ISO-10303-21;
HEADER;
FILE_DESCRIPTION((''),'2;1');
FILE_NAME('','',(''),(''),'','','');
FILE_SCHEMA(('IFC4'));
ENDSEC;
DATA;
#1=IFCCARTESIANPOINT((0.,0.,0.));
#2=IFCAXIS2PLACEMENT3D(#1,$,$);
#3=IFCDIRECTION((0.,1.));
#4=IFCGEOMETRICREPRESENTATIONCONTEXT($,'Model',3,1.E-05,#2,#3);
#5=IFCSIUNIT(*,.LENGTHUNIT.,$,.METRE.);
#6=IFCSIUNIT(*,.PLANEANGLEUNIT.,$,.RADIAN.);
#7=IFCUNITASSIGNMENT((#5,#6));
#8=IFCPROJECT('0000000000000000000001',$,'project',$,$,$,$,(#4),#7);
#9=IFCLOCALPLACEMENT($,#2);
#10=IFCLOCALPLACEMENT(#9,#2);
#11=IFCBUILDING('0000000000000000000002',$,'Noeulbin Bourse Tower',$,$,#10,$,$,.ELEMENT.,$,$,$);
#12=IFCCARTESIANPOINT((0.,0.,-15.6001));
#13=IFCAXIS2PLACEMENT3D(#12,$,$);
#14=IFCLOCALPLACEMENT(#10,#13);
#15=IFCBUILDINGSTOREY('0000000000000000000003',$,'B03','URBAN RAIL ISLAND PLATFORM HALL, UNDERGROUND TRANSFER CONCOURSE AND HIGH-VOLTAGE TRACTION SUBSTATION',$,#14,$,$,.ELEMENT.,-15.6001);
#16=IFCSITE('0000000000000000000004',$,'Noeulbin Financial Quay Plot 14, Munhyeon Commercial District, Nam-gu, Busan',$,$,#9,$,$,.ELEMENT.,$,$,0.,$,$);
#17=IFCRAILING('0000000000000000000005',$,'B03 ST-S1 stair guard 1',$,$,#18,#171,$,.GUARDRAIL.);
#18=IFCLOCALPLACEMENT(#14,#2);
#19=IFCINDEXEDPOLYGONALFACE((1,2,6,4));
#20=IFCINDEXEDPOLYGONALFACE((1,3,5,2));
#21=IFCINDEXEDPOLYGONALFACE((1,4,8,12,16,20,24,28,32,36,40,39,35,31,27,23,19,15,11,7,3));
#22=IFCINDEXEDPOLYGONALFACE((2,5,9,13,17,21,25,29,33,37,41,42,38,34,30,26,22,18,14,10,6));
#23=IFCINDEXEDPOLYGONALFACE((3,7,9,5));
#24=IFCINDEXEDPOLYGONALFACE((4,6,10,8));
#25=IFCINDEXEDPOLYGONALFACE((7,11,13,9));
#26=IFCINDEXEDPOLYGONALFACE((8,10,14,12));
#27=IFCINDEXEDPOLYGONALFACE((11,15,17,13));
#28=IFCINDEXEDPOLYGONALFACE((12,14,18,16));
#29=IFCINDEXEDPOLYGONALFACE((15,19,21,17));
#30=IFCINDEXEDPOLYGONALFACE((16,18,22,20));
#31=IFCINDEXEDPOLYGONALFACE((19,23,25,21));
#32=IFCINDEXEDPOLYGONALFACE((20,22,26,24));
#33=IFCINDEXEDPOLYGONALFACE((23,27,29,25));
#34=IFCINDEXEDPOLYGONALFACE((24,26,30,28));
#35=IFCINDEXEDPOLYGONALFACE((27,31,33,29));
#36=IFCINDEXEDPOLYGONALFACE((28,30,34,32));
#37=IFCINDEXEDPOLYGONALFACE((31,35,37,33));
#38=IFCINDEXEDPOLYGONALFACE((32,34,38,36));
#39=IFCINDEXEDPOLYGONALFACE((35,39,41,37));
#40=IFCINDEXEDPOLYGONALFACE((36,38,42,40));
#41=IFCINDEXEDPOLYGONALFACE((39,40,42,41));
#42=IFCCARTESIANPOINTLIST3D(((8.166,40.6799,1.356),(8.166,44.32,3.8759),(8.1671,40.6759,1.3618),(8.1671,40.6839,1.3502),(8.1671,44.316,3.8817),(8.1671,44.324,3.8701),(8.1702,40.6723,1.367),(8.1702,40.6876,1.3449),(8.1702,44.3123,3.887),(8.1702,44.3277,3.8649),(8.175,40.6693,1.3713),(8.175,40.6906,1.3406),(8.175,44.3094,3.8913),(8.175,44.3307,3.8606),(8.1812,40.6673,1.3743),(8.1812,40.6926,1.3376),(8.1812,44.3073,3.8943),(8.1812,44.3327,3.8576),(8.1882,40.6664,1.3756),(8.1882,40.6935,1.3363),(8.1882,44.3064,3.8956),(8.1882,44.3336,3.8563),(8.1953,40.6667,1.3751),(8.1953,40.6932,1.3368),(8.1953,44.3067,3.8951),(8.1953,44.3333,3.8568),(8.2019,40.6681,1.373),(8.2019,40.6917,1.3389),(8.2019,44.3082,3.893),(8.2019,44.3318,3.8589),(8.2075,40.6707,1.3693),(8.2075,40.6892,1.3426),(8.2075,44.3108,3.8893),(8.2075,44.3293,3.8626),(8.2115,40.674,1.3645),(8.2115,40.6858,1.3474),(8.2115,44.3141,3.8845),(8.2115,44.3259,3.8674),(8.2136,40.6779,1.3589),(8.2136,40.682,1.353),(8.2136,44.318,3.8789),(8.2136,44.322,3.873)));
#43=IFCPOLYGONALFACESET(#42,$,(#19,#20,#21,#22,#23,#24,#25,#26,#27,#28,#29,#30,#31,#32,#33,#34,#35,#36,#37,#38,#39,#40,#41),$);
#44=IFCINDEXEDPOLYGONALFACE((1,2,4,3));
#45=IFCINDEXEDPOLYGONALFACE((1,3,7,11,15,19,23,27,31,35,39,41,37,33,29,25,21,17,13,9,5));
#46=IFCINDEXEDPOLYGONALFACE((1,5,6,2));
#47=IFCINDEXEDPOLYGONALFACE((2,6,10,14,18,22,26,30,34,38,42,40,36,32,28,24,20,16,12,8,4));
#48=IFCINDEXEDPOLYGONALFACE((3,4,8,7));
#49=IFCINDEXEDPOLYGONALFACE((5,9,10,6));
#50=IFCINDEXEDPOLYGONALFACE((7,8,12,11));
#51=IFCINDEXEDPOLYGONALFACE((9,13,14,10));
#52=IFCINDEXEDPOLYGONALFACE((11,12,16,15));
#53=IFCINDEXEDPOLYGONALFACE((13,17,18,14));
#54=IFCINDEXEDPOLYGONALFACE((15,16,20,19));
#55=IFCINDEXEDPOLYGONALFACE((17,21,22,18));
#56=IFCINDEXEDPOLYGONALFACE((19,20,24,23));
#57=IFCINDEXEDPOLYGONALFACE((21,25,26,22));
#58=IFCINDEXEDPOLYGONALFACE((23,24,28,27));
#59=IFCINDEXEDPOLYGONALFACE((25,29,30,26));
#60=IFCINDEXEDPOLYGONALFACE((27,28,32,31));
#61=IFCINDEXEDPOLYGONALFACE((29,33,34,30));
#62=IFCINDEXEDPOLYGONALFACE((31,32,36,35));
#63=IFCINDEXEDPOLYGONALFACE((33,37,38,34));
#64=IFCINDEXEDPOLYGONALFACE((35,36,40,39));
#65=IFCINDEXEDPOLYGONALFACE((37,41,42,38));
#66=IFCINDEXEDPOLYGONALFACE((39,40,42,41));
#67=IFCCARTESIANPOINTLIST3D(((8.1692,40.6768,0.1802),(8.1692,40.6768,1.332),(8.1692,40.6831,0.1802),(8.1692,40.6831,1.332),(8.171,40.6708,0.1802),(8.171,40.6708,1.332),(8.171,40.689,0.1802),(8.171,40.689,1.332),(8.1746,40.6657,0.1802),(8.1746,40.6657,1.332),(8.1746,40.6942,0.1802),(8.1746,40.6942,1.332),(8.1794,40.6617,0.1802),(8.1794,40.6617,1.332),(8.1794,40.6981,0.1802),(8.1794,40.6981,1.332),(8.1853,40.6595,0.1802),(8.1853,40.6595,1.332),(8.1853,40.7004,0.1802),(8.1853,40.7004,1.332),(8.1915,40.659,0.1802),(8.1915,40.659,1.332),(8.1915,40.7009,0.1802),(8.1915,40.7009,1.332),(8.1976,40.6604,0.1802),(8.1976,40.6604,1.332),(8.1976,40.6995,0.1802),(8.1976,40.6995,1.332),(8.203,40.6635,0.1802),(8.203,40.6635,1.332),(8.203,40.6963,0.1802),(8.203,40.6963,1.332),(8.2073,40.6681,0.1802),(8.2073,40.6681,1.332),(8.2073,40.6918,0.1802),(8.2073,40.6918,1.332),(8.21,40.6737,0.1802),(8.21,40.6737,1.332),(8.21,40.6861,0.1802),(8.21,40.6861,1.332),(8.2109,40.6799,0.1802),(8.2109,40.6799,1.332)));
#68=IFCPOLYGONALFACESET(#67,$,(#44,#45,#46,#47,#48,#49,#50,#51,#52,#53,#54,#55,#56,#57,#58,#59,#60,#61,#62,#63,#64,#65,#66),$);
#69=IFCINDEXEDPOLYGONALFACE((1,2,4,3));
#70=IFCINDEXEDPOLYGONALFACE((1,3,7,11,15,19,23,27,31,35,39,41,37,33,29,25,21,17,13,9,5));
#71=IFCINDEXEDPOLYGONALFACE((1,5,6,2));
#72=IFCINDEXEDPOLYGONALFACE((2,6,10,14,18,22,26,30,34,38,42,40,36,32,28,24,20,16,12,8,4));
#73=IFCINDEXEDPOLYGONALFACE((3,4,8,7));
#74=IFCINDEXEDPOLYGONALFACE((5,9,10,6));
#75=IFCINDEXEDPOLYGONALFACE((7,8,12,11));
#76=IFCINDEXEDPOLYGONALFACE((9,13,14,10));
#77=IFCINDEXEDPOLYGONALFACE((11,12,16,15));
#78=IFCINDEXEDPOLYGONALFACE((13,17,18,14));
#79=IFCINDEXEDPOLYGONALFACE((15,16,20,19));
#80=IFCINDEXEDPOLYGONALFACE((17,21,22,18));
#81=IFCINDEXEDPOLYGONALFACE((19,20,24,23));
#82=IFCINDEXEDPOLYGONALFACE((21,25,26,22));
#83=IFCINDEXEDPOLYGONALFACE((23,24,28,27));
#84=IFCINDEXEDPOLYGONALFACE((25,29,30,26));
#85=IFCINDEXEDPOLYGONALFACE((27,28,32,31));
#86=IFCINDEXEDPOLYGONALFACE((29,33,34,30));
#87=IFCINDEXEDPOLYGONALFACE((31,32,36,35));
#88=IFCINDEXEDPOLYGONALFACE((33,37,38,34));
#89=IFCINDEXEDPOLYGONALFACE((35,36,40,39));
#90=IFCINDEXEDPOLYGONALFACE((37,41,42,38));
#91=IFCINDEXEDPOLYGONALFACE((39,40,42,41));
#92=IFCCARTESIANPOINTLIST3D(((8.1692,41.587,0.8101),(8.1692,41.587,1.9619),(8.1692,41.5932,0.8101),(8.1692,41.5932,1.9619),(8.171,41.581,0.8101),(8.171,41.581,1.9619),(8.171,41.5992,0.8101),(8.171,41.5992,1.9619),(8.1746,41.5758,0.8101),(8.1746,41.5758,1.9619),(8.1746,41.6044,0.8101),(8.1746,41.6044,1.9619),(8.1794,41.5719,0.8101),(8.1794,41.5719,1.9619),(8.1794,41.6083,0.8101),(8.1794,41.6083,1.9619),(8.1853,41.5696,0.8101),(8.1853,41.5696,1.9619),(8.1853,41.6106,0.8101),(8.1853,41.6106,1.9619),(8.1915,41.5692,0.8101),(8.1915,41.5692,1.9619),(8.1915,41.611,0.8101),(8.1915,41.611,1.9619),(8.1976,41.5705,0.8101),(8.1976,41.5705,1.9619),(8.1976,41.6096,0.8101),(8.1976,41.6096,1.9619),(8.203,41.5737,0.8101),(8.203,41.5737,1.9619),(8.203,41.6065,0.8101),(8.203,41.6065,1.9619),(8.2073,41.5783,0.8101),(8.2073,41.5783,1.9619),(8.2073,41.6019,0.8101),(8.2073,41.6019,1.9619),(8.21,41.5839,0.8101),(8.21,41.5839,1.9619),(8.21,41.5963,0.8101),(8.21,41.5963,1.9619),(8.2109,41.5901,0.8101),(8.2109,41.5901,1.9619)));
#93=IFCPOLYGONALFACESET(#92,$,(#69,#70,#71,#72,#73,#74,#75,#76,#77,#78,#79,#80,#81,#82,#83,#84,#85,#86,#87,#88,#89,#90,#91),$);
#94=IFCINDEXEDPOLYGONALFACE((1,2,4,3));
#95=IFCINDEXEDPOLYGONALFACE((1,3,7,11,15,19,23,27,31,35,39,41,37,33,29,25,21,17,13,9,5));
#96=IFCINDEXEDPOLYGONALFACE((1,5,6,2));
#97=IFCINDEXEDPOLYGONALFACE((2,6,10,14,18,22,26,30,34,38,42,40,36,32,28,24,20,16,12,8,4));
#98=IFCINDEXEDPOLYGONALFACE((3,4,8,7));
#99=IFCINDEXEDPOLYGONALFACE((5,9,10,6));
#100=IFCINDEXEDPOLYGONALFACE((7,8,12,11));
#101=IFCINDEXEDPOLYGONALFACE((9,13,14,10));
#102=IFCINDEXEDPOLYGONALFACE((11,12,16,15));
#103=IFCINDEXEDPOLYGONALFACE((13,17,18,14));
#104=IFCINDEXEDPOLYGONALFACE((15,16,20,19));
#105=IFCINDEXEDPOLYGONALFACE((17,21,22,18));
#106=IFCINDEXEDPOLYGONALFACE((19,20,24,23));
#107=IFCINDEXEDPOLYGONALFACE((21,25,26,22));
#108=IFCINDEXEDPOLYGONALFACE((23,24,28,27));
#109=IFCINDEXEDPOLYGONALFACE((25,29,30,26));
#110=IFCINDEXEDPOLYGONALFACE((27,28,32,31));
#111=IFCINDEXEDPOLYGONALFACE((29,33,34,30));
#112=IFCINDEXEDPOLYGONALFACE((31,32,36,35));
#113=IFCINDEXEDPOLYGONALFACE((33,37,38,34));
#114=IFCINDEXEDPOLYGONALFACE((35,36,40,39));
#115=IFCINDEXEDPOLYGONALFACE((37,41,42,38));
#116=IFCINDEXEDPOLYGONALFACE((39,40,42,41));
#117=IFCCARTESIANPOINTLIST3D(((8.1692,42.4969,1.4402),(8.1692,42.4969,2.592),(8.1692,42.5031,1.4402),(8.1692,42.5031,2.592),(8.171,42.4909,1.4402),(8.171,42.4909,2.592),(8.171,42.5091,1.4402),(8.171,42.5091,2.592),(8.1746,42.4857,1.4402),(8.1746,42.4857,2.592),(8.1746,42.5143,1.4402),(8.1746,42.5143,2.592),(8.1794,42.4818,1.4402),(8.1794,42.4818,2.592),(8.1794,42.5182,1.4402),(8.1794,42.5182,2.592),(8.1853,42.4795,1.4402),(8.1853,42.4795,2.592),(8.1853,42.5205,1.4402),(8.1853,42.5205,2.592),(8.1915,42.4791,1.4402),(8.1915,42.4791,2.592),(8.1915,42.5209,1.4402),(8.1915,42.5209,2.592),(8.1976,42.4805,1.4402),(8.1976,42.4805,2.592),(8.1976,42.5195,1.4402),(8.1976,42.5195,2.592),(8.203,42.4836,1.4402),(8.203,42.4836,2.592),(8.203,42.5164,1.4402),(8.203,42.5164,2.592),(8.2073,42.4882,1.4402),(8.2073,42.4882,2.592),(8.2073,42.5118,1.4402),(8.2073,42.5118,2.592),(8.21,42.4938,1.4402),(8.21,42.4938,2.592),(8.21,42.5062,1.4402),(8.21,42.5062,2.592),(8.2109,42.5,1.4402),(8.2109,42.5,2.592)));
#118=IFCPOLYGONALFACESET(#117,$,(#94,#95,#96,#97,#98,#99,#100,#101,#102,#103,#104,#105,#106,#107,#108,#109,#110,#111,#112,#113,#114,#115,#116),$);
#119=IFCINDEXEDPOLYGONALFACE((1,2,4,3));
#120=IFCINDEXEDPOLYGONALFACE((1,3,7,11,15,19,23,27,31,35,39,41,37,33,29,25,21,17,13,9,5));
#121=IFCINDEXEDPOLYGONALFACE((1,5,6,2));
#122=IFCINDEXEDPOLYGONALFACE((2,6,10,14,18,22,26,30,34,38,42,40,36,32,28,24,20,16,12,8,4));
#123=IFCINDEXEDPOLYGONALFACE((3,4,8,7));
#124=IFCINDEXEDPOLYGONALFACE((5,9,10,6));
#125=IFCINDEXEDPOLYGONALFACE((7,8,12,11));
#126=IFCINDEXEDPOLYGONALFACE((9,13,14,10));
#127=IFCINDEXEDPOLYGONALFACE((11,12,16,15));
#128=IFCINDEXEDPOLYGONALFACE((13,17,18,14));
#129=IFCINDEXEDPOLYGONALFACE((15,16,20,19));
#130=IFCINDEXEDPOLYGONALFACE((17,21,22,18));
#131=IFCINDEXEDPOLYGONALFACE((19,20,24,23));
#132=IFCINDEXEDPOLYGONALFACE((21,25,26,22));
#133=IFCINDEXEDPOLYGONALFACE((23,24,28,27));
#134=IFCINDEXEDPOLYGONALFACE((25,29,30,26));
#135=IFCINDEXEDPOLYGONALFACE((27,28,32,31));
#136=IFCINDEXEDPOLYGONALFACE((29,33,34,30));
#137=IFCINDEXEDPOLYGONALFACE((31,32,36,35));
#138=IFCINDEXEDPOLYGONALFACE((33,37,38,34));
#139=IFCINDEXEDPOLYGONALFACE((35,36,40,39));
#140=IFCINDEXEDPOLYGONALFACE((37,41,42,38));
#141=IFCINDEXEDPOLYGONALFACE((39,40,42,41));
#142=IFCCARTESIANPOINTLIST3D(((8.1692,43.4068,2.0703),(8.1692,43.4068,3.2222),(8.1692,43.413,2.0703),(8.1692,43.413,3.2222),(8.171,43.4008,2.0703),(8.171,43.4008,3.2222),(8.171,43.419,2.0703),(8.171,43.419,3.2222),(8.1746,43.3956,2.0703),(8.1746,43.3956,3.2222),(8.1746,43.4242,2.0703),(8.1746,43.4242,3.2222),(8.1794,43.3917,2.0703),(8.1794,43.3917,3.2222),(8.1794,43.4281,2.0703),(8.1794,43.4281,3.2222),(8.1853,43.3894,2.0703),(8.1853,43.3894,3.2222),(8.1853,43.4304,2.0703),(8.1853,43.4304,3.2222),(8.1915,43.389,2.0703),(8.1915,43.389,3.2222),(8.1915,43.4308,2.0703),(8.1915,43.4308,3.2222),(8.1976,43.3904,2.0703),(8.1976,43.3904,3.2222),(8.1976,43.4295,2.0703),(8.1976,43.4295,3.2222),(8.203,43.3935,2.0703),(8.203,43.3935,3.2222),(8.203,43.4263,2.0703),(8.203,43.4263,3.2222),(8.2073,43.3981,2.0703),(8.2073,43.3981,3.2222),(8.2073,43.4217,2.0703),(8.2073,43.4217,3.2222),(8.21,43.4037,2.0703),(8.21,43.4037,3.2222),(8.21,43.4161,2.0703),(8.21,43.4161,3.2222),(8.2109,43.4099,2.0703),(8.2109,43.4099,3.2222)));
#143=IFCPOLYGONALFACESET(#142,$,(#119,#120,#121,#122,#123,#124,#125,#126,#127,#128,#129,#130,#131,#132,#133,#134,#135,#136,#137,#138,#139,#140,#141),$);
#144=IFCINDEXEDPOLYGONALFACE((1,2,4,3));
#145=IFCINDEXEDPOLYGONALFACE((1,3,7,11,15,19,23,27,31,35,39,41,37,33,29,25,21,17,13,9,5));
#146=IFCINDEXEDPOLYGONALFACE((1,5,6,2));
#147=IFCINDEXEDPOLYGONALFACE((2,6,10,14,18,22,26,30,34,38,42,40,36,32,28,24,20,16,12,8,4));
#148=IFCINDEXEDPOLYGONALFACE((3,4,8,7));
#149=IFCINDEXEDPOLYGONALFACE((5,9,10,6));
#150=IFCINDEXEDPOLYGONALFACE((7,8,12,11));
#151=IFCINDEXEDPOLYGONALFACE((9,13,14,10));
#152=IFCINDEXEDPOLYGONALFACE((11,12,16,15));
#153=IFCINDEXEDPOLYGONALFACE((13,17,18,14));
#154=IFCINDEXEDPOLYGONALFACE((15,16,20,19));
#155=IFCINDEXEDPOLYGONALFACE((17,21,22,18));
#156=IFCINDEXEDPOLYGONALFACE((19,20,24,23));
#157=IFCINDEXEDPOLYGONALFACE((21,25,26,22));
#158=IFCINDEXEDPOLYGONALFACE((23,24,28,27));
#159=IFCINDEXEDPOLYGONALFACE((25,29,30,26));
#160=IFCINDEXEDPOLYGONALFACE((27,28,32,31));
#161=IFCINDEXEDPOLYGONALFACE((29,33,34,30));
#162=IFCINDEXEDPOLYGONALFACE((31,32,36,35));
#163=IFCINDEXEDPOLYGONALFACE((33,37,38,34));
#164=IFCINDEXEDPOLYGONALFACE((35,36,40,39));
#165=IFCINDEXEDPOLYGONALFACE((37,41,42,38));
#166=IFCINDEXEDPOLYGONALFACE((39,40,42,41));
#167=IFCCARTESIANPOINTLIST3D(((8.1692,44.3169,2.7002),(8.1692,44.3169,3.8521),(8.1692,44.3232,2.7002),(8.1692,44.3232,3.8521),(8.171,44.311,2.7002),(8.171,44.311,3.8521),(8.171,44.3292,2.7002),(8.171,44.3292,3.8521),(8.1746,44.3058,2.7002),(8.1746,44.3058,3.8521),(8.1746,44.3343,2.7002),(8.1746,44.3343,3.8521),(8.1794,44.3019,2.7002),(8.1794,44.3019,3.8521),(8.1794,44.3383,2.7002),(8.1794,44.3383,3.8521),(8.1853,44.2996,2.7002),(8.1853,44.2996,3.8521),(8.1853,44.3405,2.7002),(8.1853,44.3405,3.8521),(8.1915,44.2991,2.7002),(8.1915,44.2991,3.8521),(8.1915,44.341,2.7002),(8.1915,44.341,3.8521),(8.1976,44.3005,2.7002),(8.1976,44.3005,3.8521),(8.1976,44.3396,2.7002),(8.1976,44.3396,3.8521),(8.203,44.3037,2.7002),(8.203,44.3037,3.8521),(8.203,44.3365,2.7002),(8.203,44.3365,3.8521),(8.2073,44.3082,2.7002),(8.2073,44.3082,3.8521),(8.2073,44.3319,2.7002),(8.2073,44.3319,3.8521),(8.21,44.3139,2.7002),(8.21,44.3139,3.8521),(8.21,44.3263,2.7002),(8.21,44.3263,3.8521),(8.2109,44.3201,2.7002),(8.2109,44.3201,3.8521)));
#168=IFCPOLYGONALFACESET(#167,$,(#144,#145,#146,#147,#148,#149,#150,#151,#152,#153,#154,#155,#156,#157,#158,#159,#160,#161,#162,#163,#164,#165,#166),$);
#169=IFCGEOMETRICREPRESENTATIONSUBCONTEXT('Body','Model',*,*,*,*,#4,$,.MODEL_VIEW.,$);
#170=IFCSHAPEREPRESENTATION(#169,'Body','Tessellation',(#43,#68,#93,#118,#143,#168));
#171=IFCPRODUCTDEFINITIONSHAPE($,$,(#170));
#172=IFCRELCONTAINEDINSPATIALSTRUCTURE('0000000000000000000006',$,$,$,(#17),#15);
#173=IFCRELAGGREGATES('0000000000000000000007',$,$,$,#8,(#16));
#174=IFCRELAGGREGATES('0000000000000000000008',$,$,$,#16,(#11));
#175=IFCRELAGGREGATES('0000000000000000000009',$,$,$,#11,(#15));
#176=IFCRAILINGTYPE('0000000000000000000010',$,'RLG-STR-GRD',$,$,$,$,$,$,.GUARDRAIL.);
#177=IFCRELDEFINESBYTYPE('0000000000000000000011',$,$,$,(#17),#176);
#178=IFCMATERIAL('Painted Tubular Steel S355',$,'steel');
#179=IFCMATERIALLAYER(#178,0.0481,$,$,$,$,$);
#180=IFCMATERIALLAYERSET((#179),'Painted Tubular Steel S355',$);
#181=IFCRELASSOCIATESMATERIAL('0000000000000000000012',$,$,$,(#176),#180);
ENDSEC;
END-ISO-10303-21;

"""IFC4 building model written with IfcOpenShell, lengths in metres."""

from ifc_helpers import new_model, si_unit, direction, frame, origin, origin_2d, place, context, subcontext, project, spatial, circle, extrude, material, layer, layer_set, type_object, element, save


model = new_model("IFC4")

# Units and contexts
model_context = context("Model", 3, precision=1e-05, world=origin(), true_north=direction((0.0, 1.0)))
body_context = subcontext(model_context, "Body", "Model", "MODEL_VIEW")
ifc_project = project(units=[si_unit("LENGTHUNIT", "METRE"), si_unit("PLANEANGLEUNIT", "RADIAN")], contexts=[model_context])

# Site, building, storey
site_placement = place(None, origin())
site = spatial("IfcSite", under=ifc_project, at=site_placement, Name="Noeulbin Financial Quay Plot 14, Munhyeon Commercial District, Nam-gu, Busan", CompositionType="ELEMENT", RefElevation=0.0)
building_placement = place(site_placement, origin())
building = spatial("IfcBuilding", under=site, at=building_placement, Name="Noeulbin Bourse Tower", CompositionType="ELEMENT")
storey_placement = place(building_placement, frame((0.0, 0.0, -15.6001)))
storey = spatial("IfcBuildingStorey", under=building, at=storey_placement, Name="B03", Description="URBAN RAIL ISLAND PLATFORM HALL, UNDERGROUND TRANSFER CONCOURSE AND HIGH-VOLTAGE TRACTION SUBSTATION", CompositionType="ELEMENT", Elevation=-15.6001)

# Railing
ifc_material_1 = material(Name="Painted Tubular Steel S355", Category="steel")
ifc_layer_1 = layer(ifc_material_1, 0.0481)
ifc_layer_set_1 = layer_set([ifc_layer_1], Name="Painted Tubular Steel S355")
railing_type_1 = type_object("IfcRailingType", Name="RLG-STR-GRD", PredefinedType="GUARDRAIL", material=ifc_layer_set_1)
railing_1_placement = place(storey_placement, frame((8.1899, 40.6799, 0.1802)))
element("IfcRailing", 1, at=railing_1_placement, inside=storey, type_object=railing_type_1, Name="B03 ST-S1 stair guard 1", PredefinedType="GUARDRAIL", context=body_context, shape_type="SweptSolid", body=[
    extrude(circle(Radius=0.0239, at=origin_2d()), frame((0.0, 0.0, 1.1758), z_axis=(0.0, 0.8222, 0.569199), x_axis=(-1.0, 0.0, 0.0)), (0.0, 0.0, 1.0), 4.4272),
    extrude(circle(Radius=0.021, at=origin_2d()), origin(), (0.0, 0.0, 1.0), 1.1519),
    extrude(circle(Radius=0.021, at=origin_2d()), frame((0.0, 0.9102, 0.6299)), (0.0, 0.0, 1.0), 1.1519),
    extrude(circle(Radius=0.021, at=origin_2d()), frame((0.0, 1.8201, 1.26)), (0.0, 0.0, 1.0), 1.1519),
    extrude(circle(Radius=0.021, at=origin_2d()), frame((0.0, 2.73, 1.8901)), (0.0, 0.0, 1.0), 1.1519),
    extrude(circle(Radius=0.021, at=origin_2d()), frame((0.0, 3.6401, 2.52)), (0.0, 0.0, 1.0), 1.1519),
])

save(model, "model.ifc")
